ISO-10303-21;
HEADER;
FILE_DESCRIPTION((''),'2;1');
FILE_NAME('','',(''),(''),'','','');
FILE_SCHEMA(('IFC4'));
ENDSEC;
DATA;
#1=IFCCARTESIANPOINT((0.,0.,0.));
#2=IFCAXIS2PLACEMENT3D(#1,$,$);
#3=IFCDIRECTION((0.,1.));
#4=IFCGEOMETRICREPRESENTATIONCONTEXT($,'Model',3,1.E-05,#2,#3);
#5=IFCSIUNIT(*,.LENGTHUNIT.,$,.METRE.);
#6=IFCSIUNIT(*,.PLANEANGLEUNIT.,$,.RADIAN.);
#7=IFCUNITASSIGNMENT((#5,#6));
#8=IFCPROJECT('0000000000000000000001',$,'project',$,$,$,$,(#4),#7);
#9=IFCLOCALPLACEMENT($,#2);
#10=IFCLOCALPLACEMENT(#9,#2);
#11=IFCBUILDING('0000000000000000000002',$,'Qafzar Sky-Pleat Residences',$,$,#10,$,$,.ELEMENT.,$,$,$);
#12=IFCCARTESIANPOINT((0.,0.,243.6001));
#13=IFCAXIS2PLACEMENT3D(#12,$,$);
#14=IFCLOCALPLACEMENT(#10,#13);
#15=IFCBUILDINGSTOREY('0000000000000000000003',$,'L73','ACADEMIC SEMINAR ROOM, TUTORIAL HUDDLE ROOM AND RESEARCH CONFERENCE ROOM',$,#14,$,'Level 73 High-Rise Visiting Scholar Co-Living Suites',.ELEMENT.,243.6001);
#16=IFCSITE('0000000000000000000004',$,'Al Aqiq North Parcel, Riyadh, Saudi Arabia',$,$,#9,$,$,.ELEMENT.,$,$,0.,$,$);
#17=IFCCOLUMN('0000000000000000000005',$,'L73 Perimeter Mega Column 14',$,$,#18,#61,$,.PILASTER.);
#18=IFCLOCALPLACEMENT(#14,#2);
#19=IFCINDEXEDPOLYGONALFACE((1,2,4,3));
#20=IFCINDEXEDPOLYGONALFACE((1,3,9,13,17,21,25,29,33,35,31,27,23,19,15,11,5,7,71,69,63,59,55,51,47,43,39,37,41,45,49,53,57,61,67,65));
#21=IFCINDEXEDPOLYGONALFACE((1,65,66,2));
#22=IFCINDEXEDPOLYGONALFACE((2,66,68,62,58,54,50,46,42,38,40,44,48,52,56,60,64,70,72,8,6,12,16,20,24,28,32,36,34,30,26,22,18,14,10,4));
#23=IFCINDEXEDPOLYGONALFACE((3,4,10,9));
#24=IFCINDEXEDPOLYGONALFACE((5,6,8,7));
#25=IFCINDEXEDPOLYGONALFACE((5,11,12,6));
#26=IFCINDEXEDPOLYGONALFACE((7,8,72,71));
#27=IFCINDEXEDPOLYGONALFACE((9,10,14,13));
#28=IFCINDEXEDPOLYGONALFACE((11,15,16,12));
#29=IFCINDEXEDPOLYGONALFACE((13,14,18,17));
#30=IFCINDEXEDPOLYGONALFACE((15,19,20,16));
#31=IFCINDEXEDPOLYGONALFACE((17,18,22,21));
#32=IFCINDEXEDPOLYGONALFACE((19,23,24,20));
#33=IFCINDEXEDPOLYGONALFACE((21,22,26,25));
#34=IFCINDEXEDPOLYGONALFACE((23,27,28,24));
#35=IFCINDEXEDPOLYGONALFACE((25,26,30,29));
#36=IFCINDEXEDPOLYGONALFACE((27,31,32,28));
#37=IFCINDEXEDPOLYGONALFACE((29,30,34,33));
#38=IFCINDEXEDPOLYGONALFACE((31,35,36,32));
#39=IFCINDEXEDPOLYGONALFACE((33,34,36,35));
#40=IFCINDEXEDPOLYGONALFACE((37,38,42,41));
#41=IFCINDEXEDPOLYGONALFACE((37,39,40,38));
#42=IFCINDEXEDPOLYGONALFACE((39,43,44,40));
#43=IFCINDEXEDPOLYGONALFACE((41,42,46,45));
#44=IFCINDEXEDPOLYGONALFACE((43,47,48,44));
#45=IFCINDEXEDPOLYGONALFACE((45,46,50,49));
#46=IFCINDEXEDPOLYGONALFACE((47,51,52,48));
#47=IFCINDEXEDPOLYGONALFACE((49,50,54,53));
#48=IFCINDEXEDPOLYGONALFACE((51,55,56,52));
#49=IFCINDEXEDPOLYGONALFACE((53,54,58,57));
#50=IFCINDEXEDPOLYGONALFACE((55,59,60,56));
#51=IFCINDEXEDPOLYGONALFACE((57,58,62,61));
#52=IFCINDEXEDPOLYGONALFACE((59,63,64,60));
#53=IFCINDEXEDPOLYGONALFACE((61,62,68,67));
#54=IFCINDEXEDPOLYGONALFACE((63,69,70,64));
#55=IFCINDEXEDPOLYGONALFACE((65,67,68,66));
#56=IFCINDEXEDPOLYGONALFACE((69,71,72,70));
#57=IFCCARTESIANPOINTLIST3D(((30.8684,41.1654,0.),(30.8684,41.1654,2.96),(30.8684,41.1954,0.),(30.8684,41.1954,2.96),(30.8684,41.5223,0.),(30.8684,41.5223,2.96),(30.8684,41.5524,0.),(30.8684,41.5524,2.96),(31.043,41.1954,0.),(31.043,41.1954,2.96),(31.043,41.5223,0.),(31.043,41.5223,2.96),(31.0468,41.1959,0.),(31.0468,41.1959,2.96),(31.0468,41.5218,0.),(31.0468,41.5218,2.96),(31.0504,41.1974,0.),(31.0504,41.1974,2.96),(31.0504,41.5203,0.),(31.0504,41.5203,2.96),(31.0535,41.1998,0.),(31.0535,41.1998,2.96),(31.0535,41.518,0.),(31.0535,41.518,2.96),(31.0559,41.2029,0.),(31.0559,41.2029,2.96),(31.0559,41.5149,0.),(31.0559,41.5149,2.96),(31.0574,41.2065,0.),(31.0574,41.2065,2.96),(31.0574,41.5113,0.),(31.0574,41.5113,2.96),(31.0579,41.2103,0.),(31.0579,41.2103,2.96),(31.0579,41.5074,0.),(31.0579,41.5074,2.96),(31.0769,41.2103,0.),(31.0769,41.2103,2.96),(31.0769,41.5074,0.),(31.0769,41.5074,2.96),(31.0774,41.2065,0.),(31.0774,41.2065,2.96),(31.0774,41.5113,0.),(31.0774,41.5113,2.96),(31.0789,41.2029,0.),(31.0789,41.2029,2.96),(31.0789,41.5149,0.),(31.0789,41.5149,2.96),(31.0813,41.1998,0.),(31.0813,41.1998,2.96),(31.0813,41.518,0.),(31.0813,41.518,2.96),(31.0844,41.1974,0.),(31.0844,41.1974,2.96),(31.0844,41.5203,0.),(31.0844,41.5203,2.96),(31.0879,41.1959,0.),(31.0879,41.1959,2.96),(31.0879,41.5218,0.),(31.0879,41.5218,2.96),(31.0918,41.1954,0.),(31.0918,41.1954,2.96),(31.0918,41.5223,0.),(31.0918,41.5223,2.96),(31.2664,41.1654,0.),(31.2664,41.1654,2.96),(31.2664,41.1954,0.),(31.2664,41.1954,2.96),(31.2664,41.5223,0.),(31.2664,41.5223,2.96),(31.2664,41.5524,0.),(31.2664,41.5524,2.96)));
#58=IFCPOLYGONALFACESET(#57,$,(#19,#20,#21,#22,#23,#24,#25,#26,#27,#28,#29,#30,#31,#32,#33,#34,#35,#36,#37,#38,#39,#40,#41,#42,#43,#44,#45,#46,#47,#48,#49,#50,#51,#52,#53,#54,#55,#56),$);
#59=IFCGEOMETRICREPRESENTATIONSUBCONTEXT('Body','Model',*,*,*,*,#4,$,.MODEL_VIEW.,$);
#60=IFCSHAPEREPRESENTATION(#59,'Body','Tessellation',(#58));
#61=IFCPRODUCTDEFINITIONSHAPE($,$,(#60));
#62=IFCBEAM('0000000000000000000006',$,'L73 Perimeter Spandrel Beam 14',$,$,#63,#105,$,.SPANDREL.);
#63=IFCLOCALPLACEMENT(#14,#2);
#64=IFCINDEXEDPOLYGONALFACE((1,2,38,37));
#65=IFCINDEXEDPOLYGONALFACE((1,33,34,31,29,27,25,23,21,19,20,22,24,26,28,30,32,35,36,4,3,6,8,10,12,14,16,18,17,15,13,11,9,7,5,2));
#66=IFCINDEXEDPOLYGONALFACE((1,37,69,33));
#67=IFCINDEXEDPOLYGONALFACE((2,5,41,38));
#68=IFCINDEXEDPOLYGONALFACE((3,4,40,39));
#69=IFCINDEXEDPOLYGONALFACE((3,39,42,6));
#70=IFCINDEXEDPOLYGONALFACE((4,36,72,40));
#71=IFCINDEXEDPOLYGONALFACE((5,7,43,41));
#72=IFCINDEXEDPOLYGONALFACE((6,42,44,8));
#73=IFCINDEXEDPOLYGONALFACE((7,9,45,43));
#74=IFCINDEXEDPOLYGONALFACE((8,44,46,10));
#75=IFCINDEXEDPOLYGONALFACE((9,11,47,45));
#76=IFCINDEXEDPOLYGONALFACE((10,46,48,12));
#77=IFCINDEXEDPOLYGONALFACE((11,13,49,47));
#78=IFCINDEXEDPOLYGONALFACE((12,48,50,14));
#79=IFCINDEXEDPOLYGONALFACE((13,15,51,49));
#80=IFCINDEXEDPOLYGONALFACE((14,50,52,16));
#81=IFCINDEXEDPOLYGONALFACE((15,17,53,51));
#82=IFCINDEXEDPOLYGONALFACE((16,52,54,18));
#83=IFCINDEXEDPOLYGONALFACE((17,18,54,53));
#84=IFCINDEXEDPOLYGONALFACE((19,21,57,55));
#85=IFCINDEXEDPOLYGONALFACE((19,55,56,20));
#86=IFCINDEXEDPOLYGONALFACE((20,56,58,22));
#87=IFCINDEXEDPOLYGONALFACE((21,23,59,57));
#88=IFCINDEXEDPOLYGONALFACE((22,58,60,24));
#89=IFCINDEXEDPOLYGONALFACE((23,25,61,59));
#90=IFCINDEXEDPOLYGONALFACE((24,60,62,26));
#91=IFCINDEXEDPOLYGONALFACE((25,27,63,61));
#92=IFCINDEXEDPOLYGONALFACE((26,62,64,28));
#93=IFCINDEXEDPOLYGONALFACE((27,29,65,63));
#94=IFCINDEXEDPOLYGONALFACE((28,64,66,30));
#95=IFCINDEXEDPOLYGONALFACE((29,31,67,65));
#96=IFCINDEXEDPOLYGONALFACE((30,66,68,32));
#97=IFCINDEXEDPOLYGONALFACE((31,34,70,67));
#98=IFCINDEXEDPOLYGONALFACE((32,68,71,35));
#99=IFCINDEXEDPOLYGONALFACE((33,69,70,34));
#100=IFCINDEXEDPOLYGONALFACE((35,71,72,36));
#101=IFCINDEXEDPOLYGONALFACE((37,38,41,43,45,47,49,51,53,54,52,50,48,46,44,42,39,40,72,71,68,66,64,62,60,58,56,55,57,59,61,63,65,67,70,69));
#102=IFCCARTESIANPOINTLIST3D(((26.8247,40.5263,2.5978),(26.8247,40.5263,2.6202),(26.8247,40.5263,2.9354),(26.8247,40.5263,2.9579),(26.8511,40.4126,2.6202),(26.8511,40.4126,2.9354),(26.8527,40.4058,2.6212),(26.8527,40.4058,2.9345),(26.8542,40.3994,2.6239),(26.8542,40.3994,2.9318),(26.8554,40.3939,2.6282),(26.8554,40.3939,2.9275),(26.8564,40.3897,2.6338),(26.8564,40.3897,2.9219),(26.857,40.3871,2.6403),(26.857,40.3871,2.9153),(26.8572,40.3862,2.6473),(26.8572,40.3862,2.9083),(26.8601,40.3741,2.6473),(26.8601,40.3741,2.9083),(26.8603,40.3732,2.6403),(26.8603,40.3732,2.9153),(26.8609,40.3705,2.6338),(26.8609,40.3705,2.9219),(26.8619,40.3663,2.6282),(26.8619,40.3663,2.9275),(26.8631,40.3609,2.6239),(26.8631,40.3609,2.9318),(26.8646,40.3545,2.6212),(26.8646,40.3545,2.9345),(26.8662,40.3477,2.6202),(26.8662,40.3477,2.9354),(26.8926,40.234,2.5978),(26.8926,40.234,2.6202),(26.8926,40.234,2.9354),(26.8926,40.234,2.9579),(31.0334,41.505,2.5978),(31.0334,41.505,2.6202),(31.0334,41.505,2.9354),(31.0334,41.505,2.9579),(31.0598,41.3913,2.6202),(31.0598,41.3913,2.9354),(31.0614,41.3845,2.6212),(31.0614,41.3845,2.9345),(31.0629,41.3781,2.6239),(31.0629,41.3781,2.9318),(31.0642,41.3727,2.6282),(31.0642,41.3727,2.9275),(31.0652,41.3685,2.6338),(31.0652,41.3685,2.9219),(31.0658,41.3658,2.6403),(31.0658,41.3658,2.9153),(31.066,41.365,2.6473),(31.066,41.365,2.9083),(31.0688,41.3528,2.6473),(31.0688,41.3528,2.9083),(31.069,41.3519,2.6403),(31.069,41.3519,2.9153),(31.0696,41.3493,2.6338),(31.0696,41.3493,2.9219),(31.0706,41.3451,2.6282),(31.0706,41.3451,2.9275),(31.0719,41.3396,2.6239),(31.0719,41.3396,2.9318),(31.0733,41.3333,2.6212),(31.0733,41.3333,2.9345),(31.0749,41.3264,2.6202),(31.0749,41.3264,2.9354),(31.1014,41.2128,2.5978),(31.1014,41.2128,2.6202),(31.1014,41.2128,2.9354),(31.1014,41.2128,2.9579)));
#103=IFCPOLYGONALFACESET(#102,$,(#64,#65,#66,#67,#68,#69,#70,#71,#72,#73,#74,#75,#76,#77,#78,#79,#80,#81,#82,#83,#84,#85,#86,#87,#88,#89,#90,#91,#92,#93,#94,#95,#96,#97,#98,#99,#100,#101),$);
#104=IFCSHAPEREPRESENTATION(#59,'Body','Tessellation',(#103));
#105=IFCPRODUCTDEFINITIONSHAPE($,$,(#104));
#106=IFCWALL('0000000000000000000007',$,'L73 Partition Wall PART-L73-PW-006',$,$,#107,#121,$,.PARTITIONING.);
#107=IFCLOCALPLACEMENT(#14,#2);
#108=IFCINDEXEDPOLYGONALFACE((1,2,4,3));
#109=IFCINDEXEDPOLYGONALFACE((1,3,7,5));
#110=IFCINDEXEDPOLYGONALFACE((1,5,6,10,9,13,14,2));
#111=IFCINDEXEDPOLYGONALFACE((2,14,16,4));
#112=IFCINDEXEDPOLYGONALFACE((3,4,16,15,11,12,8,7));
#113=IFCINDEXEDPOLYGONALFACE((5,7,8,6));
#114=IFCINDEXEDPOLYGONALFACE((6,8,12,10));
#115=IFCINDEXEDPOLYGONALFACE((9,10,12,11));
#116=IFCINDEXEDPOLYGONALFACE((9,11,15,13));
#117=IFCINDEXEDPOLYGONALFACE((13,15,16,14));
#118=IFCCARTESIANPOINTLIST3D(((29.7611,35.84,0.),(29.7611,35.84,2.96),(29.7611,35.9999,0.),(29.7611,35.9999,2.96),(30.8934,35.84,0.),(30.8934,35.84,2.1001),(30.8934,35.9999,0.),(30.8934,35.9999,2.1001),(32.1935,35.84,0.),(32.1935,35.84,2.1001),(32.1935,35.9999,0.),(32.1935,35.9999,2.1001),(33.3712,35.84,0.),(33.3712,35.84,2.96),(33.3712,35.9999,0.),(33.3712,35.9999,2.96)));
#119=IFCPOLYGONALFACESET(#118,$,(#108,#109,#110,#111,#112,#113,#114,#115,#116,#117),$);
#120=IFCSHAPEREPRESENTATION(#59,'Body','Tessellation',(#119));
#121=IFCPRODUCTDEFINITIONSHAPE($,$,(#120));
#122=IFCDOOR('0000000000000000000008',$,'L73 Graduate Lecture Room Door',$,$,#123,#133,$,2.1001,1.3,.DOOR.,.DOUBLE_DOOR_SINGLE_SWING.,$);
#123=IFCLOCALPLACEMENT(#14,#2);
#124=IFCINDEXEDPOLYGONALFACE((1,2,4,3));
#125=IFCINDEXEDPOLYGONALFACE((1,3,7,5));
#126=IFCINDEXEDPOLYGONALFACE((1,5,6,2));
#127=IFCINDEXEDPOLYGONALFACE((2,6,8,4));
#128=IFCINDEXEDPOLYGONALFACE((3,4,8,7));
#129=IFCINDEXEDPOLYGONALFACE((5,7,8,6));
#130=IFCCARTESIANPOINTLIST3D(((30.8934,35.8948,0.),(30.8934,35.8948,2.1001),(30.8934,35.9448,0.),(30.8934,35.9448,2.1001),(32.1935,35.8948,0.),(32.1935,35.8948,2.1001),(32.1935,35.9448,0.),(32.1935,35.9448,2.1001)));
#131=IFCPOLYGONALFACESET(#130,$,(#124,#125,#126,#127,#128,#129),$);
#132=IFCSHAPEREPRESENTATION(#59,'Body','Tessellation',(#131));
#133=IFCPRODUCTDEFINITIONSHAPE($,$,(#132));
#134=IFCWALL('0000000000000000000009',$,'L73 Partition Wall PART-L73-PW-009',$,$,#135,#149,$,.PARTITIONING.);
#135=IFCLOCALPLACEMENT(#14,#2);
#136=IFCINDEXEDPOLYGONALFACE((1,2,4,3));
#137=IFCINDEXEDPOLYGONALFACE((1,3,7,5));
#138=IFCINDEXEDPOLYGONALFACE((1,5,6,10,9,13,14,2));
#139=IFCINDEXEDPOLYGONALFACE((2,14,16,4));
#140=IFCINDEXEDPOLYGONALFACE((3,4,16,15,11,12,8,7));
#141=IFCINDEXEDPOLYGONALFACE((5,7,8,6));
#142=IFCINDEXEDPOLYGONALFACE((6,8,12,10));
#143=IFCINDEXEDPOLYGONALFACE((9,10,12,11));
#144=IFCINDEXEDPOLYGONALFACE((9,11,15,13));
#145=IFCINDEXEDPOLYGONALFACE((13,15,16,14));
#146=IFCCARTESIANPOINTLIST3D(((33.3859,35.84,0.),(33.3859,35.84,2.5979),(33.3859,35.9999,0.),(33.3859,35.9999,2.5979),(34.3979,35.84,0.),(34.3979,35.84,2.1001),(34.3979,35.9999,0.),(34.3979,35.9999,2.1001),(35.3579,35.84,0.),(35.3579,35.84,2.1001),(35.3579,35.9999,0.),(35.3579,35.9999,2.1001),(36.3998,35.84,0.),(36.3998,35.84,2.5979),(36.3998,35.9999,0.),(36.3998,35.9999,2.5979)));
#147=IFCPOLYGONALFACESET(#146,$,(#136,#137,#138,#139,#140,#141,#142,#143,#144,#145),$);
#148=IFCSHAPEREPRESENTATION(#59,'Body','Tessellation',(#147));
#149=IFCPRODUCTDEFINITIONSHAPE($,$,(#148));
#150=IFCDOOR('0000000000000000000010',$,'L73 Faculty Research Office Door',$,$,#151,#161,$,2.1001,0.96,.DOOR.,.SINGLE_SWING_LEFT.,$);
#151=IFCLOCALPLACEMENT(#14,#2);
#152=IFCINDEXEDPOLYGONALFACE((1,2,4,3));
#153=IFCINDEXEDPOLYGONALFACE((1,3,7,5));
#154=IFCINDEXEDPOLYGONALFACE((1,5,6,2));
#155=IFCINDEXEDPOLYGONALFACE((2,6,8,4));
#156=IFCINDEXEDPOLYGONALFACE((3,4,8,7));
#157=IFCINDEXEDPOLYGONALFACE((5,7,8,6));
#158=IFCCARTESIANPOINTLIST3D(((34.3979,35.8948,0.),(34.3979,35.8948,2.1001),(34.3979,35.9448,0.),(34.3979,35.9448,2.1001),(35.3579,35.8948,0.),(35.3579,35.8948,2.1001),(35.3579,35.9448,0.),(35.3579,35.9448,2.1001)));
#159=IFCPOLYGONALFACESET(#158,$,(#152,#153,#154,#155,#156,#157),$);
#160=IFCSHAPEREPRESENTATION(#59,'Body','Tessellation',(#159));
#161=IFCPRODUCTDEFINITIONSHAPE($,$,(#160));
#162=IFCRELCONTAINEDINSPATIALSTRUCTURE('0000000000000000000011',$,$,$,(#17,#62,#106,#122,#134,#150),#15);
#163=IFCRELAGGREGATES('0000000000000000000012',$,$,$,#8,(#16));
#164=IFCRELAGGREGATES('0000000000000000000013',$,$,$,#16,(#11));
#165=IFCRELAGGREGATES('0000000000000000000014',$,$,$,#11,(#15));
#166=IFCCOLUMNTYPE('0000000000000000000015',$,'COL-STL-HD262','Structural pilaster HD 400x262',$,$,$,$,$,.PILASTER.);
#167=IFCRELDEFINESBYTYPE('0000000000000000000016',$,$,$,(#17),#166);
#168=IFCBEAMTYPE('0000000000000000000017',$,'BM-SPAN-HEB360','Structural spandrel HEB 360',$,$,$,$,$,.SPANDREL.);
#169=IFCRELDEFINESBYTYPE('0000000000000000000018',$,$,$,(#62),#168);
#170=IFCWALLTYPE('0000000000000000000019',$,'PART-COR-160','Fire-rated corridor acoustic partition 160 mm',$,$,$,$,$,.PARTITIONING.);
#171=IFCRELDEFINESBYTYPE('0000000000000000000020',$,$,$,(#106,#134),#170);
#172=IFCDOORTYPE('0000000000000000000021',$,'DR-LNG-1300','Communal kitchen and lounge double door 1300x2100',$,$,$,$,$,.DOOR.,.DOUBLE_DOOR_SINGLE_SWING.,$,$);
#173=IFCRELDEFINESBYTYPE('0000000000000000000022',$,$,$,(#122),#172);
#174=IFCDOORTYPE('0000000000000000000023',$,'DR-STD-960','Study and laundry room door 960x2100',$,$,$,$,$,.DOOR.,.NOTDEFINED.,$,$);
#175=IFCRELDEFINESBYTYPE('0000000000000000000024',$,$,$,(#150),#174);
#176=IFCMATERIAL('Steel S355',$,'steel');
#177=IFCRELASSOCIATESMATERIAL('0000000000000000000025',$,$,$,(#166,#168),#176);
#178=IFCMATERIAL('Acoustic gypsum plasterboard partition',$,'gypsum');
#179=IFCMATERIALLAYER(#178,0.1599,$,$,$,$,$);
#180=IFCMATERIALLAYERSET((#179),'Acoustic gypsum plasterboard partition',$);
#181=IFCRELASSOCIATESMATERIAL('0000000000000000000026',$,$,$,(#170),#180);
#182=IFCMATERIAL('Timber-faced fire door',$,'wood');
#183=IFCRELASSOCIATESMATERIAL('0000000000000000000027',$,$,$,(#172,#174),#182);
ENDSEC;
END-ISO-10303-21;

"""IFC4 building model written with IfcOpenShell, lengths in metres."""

from ifc_helpers import new_model, si_unit, direction, frame, frame_2d, origin, origin_2d, place, context, subcontext, project, spatial, rectangle, i_section, extrude, source, transform, mapped, material, layer, layer_set, material_profile, profile_set, type_object, element, fill, save


model = new_model("IFC4")

# Units and contexts
model_context = context("Model", 3, precision=1e-05, world=origin(), true_north=direction((0.0, 1.0)))
body_context = subcontext(model_context, "Body", "Model", "MODEL_VIEW")
ifc_project = project(units=[si_unit("LENGTHUNIT", "METRE"), si_unit("PLANEANGLEUNIT", "RADIAN")], contexts=[model_context])

# Site, building, storey
site_placement = place(None, origin())
site = spatial("IfcSite", under=ifc_project, at=site_placement, Name="Al Aqiq North Parcel, Riyadh, Saudi Arabia", CompositionType="ELEMENT", RefElevation=0.0)
building_placement = place(site_placement, origin())
building = spatial("IfcBuilding", under=site, at=building_placement, Name="Qafzar Sky-Pleat Residences", CompositionType="ELEMENT")
storey_placement = place(building_placement, frame((0.0, 0.0, 243.6001)))
storey = spatial("IfcBuildingStorey", under=building, at=storey_placement, Name="L73", Description="ACADEMIC SEMINAR ROOM, TUTORIAL HUDDLE ROOM AND RESEARCH CONFERENCE ROOM", LongName="Level 73 High-Rise Visiting Scholar Co-Living Suites", CompositionType="ELEMENT", Elevation=243.6001)

# Column
ifc_material_1 = material(Name="Steel S355", Category="steel")
ifc_material_profile_1 = material_profile(ifc_material_1, i_section(OverallWidth=0.3979, OverallDepth=0.387, WebThickness=0.019, FlangeThickness=0.03, FilletRadius=0.0149, at=origin_2d()), Name="HD 400x262")
ifc_profile_set_1 = profile_set([ifc_material_profile_1], Name="Steel S355")
column_type = type_object("IfcColumnType", Name="COL-STL-HD262", Description="Structural pilaster HD 400x262", PredefinedType="PILASTER", material=ifc_profile_set_1)
shared_shape_1 = source(origin(), body_context, "Body", "SweptSolid", [
    extrude(i_section(OverallWidth=0.3979, OverallDepth=0.387, WebThickness=0.019, FlangeThickness=0.03, FilletRadius=0.0149, at=origin_2d()), origin(), (0.0, 0.0, 1.0), 2.96),
])
column_placement = place(storey_placement, frame((31.0674, 41.3589, 0.0), z_axis=(0.0, 0.0, 1.0), x_axis=(1.0, 0.0, 0.0)))
element("IfcColumn", 1, at=column_placement, inside=storey, type_object=column_type, Name="L73 Perimeter Mega Column 14", PredefinedType="PILASTER", context=body_context, shape_type="MappedRepresentation", body=[
    mapped(shared_shape_1, transform((0.0, 0.0, 0.0), x_axis=(1.0, 0.0, 0.0), y_axis=(0.0, 1.0, 0.0), z_axis=(0.0, 0.0, 1.0), scale=1.0)),
])

# Beam
ifc_material_profile_2 = material_profile(ifc_material_1, i_section(OverallWidth=0.3, OverallDepth=0.3601, WebThickness=0.0125, FlangeThickness=0.0225, FilletRadius=0.0271, at=origin_2d()), Name="HEB 360")
ifc_profile_set_2 = profile_set([ifc_material_profile_2], Name="Steel S355")
beam_type = type_object("IfcBeamType", Name="BM-SPAN-HEB360", Description="Structural spandrel HEB 360", PredefinedType="SPANDREL", material=ifc_profile_set_2)
shared_shape_2 = source(origin(), body_context, "Body", "SweptSolid", [
    extrude(i_section(OverallWidth=0.3, OverallDepth=0.3601, WebThickness=0.0125, FlangeThickness=0.0225, FilletRadius=0.0271, at=origin_2d()), origin(), (0.0, 0.0, 1.0), 4.321),
])
beam_placement = place(storey_placement, frame((31.0674, 41.3589, 2.7778), z_axis=(-0.974009, -0.22651, 0.0), x_axis=(0.22651, -0.974009, 0.0)))
element("IfcBeam", 2, at=beam_placement, inside=storey, type_object=beam_type, Name="L73 Perimeter Spandrel Beam 14", PredefinedType="SPANDREL", context=body_context, shape_type="MappedRepresentation", body=[
    mapped(shared_shape_2, transform((0.0, 0.0, 0.0), x_axis=(1.0, 0.0, 0.0), y_axis=(0.0, 1.0, 0.0), z_axis=(0.0, 0.0, 1.0), scale=1.0)),
])

# Walls, openings, doors
ifc_material_2 = material(Name="Acoustic gypsum plasterboard partition", Category="gypsum")
ifc_layer_1 = layer(ifc_material_2, 0.1599)
ifc_layer_set_1 = layer_set([ifc_layer_1], Name="Acoustic gypsum plasterboard partition")
wall_type_1 = type_object("IfcWallType", Name="PART-COR-160", Description="Fire-rated corridor acoustic partition 160 mm", PredefinedType="PARTITIONING", material=ifc_layer_set_1)
wall_1_placement = place(storey_placement, frame((29.761, 35.9199, 0.0), z_axis=(0.0, 0.0, 1.0), x_axis=(1.0, 0.0, 0.0)))
wall_1 = element("IfcWall", 3, at=wall_1_placement, inside=storey, type_object=wall_type_1, Name="L73 Partition Wall PART-L73-PW-006", PredefinedType="PARTITIONING", context=body_context, shape_type="SweptSolid", body=[
    extrude(rectangle(XDim=3.6101, YDim=0.1599, at=frame_2d((1.8052, 0.0))), origin(), (0.0, 0.0, 1.0), 2.96),
])
opening_1_placement = place(wall_1_placement, frame((1.1326, 0.0, 0.0)))
opening_1 = element("IfcOpeningElement", 4, at=opening_1_placement, cuts=wall_1, PredefinedType="OPENING", context=body_context, shape_type="SweptSolid", body=[
    extrude(rectangle(XDim=1.3, YDim=2.1001, at=frame_2d((0.6499, 1.05))), frame((0.0, 0.0898, 0.0), z_axis=(0.0, -1.0, 0.0), x_axis=(1.0, 0.0, 0.0)), (0.0, 0.0, 1.0), 0.1799),
])
ifc_material_3 = material(Name="Timber-faced fire door", Category="wood")
door_type_1 = type_object("IfcDoorType", Name="DR-LNG-1300", Description="Communal kitchen and lounge double door 1300x2100", OperationType="DOUBLE_DOOR_SINGLE_SWING", PredefinedType="DOOR", material=ifc_material_3)
shared_shape_3 = source(origin(), body_context, "Body", "SweptSolid", [
    extrude(rectangle(XDim=1.3, YDim=2.1001, at=frame_2d((0.6499, 1.05))), frame((0.0, 0.0249, 0.0), z_axis=(0.0, -1.0, 0.0), x_axis=(1.0, 0.0, 0.0)), (0.0, 0.0, 1.0), 0.05),
])
door_1_placement = place(opening_1_placement, origin())
door_1 = element("IfcDoor", 5, at=door_1_placement, inside=storey, type_object=door_type_1, Name="L73 Graduate Lecture Room Door", OperationType="DOUBLE_DOOR_SINGLE_SWING", OverallHeight=2.1001, OverallWidth=1.3, PredefinedType="DOOR", context=body_context, shape_type="MappedRepresentation", body=[
    mapped(shared_shape_3, transform((0.0, 0.0, 0.0), x_axis=(1.0, 0.0, 0.0), y_axis=(0.0, 1.0, 0.0), z_axis=(0.0, 0.0, 1.0), scale=1.0)),
])
fill(opening_1, door_1)
wall_2_placement = place(storey_placement, frame((33.386, 35.9199, 0.0), z_axis=(0.0, 0.0, 1.0), x_axis=(1.0, 0.0, 0.0)))
wall_2 = element("IfcWall", 6, at=wall_2_placement, inside=storey, type_object=wall_type_1, Name="L73 Partition Wall PART-L73-PW-009", PredefinedType="PARTITIONING", context=body_context, shape_type="SweptSolid", body=[
    extrude(rectangle(XDim=3.0139, YDim=0.1599, at=frame_2d((1.5068, 0.0))), origin(), (0.0, 0.0, 1.0), 2.5979),
])
opening_2_placement = place(wall_2_placement, frame((1.012, 0.0, 0.0)))
opening_2 = element("IfcOpeningElement", 7, at=opening_2_placement, cuts=wall_2, PredefinedType="OPENING", context=body_context, shape_type="SweptSolid", body=[
    extrude(rectangle(XDim=0.96, YDim=2.1001, at=frame_2d((0.48, 1.05))), frame((0.0, 0.0898, 0.0), z_axis=(0.0, -1.0, 0.0), x_axis=(1.0, 0.0, 0.0)), (0.0, 0.0, 1.0), 0.1799),
])
door_type_2 = type_object("IfcDoorType", Name="DR-STD-960", Description="Study and laundry room door 960x2100", OperationType="NOTDEFINED", PredefinedType="DOOR", material=ifc_material_3)
shared_shape_4 = source(origin(), body_context, "Body", "SweptSolid", [
    extrude(rectangle(XDim=0.96, YDim=2.1001, at=frame_2d((0.48, 1.05))), frame((0.0, 0.0249, 0.0), z_axis=(0.0, -1.0, 0.0), x_axis=(1.0, 0.0, 0.0)), (0.0, 0.0, 1.0), 0.05),
])
door_2_placement = place(opening_2_placement, origin())
door_2 = element("IfcDoor", 8, at=door_2_placement, inside=storey, type_object=door_type_2, Name="L73 Faculty Research Office Door", OperationType="SINGLE_SWING_LEFT", OverallHeight=2.1001, OverallWidth=0.96, PredefinedType="DOOR", context=body_context, shape_type="MappedRepresentation", body=[
    mapped(shared_shape_4, transform((0.0, 0.0, 0.0), x_axis=(1.0, 0.0, 0.0), y_axis=(0.0, 1.0, 0.0), z_axis=(0.0, 0.0, 1.0), scale=1.0)),
])
fill(opening_2, door_2)

save(model, "model.ifc")
